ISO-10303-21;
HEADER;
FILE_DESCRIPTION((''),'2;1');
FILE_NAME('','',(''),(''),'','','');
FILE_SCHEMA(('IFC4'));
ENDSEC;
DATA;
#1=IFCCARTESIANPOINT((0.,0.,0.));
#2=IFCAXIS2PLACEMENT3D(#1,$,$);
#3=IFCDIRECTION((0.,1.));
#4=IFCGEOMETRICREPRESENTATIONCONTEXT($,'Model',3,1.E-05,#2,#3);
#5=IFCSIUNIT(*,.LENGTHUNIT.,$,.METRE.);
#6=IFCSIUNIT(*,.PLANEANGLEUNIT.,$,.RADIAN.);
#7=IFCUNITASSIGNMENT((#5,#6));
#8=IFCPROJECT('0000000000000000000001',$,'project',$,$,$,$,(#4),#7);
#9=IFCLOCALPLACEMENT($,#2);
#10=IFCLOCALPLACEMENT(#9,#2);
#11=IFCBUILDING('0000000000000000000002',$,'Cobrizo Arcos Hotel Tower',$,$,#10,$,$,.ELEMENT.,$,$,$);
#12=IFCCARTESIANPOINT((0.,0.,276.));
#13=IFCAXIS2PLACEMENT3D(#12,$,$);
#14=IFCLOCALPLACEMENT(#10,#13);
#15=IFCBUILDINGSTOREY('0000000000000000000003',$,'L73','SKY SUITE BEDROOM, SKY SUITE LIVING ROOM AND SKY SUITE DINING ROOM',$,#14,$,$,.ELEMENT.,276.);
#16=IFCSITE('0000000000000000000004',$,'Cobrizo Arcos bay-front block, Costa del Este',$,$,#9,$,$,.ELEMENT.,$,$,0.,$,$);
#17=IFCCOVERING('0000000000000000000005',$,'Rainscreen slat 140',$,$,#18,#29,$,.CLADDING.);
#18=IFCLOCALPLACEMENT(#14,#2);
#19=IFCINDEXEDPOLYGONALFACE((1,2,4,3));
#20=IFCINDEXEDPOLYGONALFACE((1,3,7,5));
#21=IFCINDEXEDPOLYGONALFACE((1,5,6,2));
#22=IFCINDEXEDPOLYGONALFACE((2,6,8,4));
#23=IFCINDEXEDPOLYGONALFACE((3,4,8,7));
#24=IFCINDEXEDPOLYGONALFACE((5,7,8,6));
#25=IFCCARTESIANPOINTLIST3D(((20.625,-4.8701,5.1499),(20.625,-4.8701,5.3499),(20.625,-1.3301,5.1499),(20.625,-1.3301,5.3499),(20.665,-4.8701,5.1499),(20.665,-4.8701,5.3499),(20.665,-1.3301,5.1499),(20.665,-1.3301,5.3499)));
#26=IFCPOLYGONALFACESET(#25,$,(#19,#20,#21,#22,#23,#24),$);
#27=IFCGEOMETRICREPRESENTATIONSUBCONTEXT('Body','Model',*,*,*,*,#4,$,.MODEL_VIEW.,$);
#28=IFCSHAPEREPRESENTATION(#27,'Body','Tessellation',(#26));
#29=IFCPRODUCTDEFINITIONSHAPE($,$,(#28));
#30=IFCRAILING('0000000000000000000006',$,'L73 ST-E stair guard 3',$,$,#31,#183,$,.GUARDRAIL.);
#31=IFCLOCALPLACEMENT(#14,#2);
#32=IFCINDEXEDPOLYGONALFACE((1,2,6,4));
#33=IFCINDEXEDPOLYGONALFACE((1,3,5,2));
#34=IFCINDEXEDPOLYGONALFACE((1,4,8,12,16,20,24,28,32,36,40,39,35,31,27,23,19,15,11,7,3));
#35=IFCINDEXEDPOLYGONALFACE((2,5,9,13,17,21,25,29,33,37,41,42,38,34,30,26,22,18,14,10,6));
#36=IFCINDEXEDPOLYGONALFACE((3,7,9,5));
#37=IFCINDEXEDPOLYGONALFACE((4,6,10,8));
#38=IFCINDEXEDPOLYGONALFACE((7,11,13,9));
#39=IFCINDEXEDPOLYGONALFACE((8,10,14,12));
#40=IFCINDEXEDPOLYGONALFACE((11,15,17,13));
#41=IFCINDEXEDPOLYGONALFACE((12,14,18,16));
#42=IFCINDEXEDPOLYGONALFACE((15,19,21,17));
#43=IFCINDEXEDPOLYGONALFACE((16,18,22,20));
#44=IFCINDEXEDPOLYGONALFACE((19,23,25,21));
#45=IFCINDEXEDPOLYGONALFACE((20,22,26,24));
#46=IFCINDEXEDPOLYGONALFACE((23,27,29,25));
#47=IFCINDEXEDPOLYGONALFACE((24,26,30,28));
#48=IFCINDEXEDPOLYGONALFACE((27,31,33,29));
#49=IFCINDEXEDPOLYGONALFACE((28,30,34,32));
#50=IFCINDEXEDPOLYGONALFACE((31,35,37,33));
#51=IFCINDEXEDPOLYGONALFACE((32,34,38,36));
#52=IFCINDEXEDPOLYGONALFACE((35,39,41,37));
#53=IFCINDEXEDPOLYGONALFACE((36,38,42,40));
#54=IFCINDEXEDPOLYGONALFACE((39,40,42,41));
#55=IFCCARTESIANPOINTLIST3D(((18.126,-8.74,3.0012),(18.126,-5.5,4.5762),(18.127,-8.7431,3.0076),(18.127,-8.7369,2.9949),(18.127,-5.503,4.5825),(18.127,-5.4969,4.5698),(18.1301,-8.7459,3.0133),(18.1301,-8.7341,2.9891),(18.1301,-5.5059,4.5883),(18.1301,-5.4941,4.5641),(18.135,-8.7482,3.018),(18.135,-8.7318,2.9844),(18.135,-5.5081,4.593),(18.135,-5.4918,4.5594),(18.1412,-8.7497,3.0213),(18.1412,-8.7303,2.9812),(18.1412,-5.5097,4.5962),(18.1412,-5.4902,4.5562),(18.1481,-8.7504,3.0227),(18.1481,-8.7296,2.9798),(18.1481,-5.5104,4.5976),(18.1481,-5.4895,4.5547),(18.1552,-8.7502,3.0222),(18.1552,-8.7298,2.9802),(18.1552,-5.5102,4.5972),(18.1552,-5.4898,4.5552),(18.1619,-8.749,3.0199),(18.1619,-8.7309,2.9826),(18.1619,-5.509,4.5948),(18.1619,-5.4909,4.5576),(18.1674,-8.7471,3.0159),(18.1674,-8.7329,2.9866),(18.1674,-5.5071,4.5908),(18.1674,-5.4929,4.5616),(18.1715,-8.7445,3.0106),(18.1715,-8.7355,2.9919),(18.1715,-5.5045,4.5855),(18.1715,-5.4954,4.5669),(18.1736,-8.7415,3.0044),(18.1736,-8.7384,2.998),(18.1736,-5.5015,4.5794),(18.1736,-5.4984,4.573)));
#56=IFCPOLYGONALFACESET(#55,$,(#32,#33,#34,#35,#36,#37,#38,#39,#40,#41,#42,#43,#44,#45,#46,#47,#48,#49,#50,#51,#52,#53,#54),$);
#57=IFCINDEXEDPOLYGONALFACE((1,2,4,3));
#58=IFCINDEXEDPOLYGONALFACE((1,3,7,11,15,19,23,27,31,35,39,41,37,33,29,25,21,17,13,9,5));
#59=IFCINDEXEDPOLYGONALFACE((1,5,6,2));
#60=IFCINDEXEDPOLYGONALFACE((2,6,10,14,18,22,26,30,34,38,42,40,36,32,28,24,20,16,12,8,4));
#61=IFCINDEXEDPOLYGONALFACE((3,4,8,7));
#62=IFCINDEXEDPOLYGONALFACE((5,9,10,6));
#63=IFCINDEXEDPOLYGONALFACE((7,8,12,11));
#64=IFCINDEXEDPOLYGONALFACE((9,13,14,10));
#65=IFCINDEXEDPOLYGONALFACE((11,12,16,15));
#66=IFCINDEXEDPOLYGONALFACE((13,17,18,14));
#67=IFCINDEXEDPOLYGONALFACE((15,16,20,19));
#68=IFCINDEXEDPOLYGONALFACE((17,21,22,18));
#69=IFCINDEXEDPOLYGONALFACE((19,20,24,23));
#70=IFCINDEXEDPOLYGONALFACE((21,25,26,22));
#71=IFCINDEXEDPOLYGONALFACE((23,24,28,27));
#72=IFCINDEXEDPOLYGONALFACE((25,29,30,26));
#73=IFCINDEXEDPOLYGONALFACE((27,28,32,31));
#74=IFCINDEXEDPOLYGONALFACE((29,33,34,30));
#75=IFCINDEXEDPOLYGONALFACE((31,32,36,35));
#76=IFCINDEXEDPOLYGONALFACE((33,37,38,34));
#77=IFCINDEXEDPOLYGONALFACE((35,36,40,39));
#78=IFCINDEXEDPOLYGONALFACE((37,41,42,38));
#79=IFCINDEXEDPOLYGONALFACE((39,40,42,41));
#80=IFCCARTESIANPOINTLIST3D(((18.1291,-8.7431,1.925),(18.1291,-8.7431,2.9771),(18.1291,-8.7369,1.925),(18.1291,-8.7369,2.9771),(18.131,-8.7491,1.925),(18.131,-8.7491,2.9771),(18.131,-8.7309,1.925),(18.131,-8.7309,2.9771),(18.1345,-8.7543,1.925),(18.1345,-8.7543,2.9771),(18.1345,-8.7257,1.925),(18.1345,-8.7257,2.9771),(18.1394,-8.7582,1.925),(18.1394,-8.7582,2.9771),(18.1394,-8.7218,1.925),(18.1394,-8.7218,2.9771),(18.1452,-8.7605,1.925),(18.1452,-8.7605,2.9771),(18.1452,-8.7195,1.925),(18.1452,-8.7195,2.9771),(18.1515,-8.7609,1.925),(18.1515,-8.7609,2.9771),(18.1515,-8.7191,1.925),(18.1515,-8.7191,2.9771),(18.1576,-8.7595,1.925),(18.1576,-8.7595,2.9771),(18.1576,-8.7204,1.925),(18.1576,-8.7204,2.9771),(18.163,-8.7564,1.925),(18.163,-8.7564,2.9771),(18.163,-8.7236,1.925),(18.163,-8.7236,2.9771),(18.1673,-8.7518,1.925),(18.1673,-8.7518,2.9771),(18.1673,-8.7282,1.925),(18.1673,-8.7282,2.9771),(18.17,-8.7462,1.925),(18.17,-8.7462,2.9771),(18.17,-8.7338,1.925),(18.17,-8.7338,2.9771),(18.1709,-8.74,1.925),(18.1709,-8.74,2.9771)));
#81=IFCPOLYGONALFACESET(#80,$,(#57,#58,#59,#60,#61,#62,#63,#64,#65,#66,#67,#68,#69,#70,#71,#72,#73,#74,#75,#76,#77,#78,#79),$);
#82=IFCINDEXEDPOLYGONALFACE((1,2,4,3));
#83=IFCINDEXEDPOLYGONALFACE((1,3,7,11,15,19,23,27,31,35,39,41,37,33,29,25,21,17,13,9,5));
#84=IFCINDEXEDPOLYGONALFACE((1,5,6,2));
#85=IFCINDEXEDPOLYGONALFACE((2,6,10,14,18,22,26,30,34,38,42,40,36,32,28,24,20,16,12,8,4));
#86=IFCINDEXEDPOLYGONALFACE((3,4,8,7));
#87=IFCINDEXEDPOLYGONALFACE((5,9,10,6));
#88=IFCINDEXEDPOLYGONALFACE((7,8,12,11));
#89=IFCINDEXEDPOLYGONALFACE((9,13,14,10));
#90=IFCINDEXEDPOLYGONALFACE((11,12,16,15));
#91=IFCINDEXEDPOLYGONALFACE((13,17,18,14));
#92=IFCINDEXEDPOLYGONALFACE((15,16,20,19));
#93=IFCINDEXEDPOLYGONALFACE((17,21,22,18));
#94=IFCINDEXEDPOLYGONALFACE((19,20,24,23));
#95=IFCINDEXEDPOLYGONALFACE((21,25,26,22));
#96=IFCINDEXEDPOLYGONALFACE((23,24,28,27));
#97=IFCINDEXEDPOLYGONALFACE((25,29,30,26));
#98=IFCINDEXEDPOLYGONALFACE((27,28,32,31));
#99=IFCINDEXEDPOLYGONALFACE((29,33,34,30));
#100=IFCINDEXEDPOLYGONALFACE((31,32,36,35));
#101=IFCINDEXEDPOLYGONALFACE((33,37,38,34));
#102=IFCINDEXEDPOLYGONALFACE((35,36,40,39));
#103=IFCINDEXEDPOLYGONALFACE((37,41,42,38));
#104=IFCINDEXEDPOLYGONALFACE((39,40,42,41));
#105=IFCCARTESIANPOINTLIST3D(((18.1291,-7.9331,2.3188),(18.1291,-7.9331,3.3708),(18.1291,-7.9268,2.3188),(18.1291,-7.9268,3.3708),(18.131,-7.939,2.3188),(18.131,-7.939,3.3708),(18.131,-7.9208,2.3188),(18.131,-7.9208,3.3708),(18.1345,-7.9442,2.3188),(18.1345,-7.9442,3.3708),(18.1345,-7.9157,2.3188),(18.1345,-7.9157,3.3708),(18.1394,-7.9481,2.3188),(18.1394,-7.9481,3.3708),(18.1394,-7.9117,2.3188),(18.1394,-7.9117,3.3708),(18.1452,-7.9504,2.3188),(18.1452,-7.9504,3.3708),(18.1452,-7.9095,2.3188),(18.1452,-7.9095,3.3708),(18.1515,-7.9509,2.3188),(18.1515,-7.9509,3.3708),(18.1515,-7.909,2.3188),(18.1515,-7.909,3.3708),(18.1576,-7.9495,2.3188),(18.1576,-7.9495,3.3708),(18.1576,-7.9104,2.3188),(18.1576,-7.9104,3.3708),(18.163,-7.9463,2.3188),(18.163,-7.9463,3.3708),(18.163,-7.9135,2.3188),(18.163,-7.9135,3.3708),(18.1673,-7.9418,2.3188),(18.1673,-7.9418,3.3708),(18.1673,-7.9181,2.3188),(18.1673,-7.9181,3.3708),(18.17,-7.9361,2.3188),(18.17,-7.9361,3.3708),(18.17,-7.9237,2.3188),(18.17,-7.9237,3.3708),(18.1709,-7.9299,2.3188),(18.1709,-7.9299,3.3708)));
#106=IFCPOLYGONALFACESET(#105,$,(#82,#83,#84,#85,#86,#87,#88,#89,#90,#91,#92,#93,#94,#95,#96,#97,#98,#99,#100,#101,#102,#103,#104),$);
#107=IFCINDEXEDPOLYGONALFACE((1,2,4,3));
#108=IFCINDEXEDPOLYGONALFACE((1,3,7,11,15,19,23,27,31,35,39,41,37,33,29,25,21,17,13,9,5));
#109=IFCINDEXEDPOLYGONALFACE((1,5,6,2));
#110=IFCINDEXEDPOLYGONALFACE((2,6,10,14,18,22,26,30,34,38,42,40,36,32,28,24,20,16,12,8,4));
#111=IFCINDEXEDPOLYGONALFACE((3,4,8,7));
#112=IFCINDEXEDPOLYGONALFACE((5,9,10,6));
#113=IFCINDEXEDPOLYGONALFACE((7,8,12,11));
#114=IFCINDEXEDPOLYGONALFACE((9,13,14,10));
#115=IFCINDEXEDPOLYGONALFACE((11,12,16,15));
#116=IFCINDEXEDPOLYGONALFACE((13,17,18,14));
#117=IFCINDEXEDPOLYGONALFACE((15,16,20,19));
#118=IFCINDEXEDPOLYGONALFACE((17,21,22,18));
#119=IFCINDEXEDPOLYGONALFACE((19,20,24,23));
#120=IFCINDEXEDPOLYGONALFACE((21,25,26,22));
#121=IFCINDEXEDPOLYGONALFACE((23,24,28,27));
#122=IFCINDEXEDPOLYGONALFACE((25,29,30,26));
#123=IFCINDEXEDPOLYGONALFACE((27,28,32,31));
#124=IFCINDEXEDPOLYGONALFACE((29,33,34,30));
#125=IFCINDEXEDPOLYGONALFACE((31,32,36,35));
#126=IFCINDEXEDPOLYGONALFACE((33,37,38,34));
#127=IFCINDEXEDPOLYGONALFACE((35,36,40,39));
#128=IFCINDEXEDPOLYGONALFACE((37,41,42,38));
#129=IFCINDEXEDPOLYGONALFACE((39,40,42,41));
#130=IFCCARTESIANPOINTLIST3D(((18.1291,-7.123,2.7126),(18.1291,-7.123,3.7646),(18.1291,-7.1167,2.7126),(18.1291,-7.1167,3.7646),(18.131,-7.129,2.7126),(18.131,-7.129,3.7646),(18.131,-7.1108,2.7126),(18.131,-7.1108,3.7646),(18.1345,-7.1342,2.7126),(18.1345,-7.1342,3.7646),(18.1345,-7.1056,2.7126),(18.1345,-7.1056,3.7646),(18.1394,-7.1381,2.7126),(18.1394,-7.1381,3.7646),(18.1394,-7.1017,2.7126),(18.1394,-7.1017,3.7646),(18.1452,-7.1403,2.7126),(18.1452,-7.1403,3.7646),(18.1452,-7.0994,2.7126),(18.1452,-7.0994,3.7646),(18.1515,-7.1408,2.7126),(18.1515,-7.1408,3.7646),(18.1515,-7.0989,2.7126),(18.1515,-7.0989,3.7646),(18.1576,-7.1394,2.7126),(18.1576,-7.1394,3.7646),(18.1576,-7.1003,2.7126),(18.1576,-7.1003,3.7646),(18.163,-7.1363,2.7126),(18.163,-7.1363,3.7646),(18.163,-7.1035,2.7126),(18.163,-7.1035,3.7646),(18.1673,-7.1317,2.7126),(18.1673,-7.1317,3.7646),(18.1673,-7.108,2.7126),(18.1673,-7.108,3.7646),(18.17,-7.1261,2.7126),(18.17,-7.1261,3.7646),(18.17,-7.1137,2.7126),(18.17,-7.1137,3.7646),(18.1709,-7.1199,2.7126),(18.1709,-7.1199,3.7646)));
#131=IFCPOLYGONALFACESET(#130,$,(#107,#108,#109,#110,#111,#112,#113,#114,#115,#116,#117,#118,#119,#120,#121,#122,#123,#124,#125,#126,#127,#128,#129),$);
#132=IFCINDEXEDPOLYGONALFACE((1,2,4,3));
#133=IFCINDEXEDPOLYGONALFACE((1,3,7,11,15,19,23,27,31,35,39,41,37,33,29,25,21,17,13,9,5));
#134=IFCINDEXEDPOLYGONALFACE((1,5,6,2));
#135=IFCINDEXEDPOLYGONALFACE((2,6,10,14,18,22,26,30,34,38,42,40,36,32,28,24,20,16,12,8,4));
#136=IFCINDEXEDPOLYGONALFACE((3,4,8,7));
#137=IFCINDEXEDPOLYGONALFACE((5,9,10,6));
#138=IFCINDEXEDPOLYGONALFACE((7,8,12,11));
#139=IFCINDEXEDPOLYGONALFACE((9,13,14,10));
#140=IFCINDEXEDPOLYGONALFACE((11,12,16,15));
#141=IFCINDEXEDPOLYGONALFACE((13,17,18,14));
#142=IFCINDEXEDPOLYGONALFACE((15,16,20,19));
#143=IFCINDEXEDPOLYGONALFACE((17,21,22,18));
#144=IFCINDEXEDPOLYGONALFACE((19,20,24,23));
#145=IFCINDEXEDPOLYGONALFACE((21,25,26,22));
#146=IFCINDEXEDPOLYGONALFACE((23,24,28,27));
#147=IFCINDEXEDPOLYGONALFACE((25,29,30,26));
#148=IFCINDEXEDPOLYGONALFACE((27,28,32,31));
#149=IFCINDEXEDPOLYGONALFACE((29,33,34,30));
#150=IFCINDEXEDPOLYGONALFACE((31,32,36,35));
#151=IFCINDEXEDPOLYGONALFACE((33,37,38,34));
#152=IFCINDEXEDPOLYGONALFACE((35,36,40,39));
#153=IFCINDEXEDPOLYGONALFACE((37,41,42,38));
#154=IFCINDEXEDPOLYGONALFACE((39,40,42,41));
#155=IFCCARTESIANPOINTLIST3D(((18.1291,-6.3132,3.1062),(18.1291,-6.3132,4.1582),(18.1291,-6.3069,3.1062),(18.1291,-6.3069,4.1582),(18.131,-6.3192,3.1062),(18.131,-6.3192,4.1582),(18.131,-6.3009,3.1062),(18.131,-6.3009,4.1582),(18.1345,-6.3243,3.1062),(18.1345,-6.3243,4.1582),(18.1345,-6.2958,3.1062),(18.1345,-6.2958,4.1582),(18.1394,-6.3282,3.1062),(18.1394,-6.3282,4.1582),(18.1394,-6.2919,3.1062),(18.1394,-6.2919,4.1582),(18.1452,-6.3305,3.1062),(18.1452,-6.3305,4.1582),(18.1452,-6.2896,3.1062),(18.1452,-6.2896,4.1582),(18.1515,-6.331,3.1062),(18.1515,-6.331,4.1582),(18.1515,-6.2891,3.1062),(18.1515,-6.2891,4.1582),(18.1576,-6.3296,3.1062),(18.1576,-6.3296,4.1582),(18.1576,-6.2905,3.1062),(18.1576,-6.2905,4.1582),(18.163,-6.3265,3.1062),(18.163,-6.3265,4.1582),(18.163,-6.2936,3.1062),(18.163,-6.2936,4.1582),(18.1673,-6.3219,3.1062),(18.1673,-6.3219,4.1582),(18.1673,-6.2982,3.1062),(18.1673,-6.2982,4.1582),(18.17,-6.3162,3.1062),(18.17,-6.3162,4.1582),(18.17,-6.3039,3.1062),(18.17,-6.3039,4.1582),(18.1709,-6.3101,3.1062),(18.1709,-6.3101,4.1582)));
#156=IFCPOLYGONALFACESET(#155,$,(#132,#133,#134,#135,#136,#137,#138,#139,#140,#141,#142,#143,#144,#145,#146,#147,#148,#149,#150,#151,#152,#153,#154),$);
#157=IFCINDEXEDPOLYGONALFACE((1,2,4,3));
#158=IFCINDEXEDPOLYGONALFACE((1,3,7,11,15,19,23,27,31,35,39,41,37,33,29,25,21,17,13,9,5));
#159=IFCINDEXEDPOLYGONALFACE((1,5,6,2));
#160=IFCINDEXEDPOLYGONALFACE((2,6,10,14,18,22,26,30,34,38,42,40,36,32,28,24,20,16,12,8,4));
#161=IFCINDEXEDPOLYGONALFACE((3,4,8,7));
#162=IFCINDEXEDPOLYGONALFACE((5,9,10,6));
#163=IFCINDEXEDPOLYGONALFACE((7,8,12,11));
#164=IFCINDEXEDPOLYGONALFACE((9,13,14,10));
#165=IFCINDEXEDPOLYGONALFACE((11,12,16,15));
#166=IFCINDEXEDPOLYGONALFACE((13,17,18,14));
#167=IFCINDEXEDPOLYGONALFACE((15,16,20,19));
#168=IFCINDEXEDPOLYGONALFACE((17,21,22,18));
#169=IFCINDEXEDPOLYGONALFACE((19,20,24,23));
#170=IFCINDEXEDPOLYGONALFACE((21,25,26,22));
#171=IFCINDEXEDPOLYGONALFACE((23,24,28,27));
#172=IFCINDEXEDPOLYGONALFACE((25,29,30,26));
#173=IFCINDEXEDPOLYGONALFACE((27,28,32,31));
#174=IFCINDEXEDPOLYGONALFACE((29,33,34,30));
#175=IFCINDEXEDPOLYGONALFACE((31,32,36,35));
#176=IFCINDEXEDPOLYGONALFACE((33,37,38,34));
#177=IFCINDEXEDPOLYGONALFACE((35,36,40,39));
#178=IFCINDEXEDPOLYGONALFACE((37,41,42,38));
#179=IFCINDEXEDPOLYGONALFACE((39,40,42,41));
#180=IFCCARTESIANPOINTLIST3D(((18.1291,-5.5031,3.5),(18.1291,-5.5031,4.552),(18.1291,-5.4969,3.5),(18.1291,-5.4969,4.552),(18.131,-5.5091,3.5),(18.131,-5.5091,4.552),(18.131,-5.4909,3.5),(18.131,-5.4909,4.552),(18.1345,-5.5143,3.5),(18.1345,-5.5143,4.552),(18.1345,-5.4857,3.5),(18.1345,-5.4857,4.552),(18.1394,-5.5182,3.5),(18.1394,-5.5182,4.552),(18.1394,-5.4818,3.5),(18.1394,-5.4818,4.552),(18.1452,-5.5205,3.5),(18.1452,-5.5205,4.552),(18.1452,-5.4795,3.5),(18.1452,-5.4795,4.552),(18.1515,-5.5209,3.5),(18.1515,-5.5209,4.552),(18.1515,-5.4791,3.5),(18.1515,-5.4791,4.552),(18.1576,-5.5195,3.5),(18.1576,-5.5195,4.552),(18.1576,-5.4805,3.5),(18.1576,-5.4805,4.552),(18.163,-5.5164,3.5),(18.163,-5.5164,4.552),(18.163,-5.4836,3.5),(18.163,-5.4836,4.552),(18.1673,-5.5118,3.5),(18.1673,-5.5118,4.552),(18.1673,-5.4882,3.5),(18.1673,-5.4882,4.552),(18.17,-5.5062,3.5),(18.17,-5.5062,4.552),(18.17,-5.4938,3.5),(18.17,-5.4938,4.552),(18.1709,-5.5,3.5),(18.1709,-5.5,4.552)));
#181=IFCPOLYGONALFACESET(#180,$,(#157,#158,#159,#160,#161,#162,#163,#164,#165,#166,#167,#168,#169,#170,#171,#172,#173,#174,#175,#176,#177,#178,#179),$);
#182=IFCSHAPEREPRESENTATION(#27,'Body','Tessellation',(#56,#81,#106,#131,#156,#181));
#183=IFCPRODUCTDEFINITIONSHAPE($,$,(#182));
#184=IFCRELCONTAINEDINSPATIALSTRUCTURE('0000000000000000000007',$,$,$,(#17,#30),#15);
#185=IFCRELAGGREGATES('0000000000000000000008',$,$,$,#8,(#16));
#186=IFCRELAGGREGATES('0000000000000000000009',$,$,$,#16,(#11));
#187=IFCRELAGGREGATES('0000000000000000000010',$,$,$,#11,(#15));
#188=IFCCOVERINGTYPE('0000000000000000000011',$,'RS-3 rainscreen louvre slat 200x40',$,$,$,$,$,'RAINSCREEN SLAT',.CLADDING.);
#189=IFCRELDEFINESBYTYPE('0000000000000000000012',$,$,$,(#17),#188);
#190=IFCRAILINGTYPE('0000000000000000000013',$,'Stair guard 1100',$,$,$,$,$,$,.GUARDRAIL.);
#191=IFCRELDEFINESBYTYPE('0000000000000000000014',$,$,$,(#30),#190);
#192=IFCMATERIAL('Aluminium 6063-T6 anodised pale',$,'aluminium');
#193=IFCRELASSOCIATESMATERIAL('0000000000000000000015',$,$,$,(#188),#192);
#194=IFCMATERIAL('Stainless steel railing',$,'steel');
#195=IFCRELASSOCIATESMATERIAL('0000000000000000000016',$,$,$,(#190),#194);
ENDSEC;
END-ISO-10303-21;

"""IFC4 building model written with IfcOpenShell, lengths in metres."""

from ifc_helpers import new_model, si_unit, direction, frame, origin, origin_2d, place, context, subcontext, project, spatial, rectangle, circle, extrude, material, type_object, element, save


model = new_model("IFC4")

# Units and contexts
model_context = context("Model", 3, precision=1e-05, world=origin(), true_north=direction((0.0, 1.0)))
body_context = subcontext(model_context, "Body", "Model", "MODEL_VIEW")
ifc_project = project(units=[si_unit("LENGTHUNIT", "METRE"), si_unit("PLANEANGLEUNIT", "RADIAN")], contexts=[model_context])

# Site, building, storey
site_placement = place(None, origin())
site = spatial("IfcSite", under=ifc_project, at=site_placement, Name="Cobrizo Arcos bay-front block, Costa del Este", CompositionType="ELEMENT", RefElevation=0.0)
building_placement = place(site_placement, origin())
building = spatial("IfcBuilding", under=site, at=building_placement, Name="Cobrizo Arcos Hotel Tower", CompositionType="ELEMENT")
storey_placement = place(building_placement, frame((0.0, 0.0, 276.0)))
storey = spatial("IfcBuildingStorey", under=building, at=storey_placement, Name="L73", Description="SKY SUITE BEDROOM, SKY SUITE LIVING ROOM AND SKY SUITE DINING ROOM", CompositionType="ELEMENT", Elevation=276.0)

# Covering
ifc_material_1 = material(Name="Aluminium 6063-T6 anodised pale", Category="aluminium")
covering_type_1 = type_object("IfcCoveringType", Name="RS-3 rainscreen louvre slat 200x40", ElementType="RAINSCREEN SLAT", PredefinedType="CLADDING", material=ifc_material_1)
for number, where, z_axis, x_axis, name in (
    (1, (20.645, -3.1001, 5.1499), (0.0, 0.0, 1.0), (0.0, 1.0, 0.0), "Rainscreen slat 140"),
):
    element("IfcCovering", number, at=place(storey_placement, frame(where, z_axis=z_axis, x_axis=x_axis)), inside=storey, type_object=covering_type_1, Name=name, PredefinedType="CLADDING", context=body_context, shape_type="SweptSolid", body=[
        extrude(rectangle(XDim=3.54, YDim=0.04, at=origin_2d()), origin(), (0.0, 0.0, 1.0), 0.2),
    ])

# Railing
ifc_material_2 = material(Name="Stainless steel railing", Category="steel")
railing_type_1 = type_object("IfcRailingType", Name="Stair guard 1100", PredefinedType="GUARDRAIL", material=ifc_material_2)
railing_1_placement = place(storey_placement, frame((18.1499, -8.74, 1.925)))
element("IfcRailing", 2, at=railing_1_placement, inside=storey, type_object=railing_type_1, Name="L73 ST-E stair guard 3", PredefinedType="GUARDRAIL", context=body_context, shape_type="SweptSolid", body=[
    extrude(circle(Radius=0.0239, at=origin_2d()), frame((0.0, 0.0, 1.0762), z_axis=(0.0, 0.899373, 0.437183), x_axis=(-1.0, 0.0, 0.0)), (0.0, 0.0, 1.0), 3.6025),
    extrude(circle(Radius=0.021, at=origin_2d()), origin(), (0.0, 0.0, 1.0), 1.052),
    extrude(circle(Radius=0.021, at=origin_2d()), frame((0.0, 0.8101, 0.3938)), (0.0, 0.0, 1.0), 1.052),
    extrude(circle(Radius=0.021, at=origin_2d()), frame((0.0, 1.6201, 0.7876)), (0.0, 0.0, 1.0), 1.052),
    extrude(circle(Radius=0.021, at=origin_2d()), frame((0.0, 2.4299, 1.1812)), (0.0, 0.0, 1.0), 1.052),
    extrude(circle(Radius=0.021, at=origin_2d()), frame((0.0, 3.24, 1.575)), (0.0, 0.0, 1.0), 1.052),
])

save(model, "model.ifc")
